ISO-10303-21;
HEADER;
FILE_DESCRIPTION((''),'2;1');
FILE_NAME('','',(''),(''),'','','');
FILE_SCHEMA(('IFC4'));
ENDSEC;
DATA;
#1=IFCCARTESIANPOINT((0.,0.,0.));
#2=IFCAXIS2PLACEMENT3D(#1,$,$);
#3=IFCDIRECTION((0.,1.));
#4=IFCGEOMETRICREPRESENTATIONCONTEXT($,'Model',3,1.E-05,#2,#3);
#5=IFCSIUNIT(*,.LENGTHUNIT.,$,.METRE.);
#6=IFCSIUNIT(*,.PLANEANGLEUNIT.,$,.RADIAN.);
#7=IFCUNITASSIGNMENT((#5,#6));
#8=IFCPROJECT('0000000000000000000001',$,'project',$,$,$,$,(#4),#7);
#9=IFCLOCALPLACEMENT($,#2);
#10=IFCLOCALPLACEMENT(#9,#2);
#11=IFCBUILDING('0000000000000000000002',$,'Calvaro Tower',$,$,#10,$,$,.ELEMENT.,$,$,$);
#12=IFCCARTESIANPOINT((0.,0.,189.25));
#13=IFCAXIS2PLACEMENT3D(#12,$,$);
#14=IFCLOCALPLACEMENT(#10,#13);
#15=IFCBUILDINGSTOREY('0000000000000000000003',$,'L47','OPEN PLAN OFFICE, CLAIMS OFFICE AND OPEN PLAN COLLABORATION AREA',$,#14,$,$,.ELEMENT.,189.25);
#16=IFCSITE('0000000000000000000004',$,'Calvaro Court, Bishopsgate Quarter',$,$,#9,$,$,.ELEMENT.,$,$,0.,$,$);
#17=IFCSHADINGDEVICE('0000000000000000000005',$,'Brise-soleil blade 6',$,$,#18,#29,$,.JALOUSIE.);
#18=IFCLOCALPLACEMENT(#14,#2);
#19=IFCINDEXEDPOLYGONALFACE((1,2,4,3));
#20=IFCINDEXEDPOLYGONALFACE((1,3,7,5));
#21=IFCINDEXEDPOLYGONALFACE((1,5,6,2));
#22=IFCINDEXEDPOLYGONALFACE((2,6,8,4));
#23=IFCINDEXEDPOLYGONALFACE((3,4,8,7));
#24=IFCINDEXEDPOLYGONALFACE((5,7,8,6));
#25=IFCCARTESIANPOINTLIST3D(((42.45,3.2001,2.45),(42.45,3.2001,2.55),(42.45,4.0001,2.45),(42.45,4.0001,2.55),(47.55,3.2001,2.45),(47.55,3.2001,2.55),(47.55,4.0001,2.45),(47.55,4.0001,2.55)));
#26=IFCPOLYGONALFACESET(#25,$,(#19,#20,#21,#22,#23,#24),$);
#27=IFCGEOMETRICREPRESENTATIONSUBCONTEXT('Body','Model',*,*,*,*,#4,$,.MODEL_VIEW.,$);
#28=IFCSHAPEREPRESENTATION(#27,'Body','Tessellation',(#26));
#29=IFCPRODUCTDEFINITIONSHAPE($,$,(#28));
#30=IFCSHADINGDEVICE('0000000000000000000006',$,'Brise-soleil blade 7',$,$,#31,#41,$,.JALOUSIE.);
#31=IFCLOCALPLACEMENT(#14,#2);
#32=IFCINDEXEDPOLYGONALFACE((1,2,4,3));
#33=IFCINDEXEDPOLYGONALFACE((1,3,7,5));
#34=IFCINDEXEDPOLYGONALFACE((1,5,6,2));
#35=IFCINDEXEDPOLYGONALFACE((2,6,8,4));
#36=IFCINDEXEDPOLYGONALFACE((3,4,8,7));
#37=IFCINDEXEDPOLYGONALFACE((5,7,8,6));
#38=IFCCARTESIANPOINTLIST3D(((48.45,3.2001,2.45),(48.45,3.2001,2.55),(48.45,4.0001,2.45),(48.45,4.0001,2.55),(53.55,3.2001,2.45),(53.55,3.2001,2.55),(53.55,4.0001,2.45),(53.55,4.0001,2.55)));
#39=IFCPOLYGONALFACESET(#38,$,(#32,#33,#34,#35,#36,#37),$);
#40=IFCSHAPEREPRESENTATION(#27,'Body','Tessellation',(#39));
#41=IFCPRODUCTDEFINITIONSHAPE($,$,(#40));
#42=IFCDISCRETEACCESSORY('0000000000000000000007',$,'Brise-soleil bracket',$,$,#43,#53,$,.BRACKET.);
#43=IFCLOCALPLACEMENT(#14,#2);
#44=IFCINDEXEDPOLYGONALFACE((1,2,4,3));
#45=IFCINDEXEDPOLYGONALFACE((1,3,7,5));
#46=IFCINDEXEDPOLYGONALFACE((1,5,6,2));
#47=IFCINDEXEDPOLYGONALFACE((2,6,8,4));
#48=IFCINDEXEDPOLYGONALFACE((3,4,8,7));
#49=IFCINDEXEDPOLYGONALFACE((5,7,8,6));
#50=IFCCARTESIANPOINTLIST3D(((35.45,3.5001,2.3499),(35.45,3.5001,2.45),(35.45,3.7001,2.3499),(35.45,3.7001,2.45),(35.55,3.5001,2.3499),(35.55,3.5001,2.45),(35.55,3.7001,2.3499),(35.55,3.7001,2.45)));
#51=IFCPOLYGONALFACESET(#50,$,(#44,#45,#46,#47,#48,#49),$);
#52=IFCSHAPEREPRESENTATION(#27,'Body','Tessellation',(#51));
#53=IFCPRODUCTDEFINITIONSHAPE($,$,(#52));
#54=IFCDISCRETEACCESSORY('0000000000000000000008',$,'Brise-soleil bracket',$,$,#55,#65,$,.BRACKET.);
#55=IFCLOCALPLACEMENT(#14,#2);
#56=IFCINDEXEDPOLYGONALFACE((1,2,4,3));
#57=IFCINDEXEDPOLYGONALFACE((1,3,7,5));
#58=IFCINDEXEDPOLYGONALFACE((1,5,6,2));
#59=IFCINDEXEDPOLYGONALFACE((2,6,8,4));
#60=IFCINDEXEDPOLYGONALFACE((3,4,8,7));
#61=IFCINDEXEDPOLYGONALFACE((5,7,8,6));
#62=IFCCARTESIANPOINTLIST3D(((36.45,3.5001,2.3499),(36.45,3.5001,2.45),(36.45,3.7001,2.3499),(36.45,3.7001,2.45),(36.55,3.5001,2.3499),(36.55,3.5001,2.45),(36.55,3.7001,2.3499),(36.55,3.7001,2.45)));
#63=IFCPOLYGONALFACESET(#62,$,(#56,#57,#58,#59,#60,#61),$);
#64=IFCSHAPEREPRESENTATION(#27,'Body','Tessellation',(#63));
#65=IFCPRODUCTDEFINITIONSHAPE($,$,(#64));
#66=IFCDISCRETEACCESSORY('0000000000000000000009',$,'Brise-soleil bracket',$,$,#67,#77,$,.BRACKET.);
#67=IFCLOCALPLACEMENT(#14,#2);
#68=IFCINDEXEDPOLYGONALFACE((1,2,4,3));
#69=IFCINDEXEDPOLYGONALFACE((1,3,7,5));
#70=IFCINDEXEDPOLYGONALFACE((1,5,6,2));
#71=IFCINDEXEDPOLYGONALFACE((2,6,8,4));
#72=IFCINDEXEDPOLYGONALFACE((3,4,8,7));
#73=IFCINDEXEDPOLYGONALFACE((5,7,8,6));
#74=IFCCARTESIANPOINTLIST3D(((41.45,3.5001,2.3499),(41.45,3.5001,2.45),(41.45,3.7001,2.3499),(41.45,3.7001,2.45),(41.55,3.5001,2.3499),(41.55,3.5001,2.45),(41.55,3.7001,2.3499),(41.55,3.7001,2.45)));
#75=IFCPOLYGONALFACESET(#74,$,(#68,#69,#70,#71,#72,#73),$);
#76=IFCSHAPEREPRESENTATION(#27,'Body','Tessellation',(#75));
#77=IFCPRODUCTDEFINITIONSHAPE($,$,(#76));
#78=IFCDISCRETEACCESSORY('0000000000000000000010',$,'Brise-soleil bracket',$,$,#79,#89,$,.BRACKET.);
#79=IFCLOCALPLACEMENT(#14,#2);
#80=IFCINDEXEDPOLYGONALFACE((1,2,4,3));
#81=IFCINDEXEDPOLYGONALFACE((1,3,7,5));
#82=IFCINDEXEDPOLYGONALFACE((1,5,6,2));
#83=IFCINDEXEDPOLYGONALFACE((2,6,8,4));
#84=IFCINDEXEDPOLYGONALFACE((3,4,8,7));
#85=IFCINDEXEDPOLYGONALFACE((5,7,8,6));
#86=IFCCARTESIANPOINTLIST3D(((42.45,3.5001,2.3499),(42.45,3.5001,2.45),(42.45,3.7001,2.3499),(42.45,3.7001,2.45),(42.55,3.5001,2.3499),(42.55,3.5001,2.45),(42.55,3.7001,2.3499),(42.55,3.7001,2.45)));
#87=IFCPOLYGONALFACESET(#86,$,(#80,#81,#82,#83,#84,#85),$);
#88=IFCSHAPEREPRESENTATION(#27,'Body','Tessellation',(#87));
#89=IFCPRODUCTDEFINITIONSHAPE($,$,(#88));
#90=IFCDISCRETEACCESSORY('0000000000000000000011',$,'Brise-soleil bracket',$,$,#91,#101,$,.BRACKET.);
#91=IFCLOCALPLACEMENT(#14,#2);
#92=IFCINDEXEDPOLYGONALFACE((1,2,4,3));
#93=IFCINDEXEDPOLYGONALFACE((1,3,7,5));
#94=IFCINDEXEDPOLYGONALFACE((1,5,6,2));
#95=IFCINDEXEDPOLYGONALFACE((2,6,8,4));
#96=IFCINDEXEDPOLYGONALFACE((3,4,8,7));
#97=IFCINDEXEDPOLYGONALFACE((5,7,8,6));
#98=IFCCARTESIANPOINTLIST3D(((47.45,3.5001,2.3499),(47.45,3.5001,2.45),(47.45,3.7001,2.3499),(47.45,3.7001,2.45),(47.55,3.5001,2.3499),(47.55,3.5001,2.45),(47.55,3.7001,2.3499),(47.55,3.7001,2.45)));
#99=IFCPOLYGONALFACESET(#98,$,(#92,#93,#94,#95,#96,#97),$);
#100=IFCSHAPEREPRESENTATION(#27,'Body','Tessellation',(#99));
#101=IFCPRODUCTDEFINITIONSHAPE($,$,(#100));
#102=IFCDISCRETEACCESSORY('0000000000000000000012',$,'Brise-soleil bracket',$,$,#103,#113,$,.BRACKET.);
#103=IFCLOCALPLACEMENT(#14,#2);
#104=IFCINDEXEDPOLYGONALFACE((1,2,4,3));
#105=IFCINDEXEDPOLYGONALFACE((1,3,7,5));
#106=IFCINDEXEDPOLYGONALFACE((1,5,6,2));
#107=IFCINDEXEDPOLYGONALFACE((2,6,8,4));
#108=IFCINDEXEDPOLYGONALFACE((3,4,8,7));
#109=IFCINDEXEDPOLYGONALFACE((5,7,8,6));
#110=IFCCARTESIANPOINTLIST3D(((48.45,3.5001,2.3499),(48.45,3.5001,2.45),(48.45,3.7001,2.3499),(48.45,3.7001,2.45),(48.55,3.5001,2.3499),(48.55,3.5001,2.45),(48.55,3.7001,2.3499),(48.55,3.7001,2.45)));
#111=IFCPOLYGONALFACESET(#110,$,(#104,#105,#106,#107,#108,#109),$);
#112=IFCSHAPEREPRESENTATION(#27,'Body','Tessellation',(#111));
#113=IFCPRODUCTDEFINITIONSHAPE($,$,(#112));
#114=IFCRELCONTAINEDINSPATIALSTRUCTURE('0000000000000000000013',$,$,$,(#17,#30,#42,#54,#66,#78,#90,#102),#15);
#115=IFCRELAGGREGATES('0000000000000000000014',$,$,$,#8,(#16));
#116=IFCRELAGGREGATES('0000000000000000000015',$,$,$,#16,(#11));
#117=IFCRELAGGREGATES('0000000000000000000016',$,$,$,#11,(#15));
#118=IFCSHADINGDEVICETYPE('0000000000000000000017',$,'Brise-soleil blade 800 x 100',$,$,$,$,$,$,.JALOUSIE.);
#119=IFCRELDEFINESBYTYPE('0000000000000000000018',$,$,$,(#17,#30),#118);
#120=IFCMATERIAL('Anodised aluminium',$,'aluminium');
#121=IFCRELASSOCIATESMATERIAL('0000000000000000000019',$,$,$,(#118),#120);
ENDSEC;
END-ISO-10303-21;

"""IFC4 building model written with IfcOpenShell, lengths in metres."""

from ifc_helpers import new_model, si_unit, direction, frame, origin, origin_2d, place, context, subcontext, project, spatial, rectangle, extrude, material, material_profile, profile_set, type_object, element, save


model = new_model("IFC4")

# Units and contexts
model_context = context("Model", 3, precision=1e-05, world=origin(), true_north=direction((0.0, 1.0)))
body_context = subcontext(model_context, "Body", "Model", "MODEL_VIEW")
ifc_project = project(units=[si_unit("LENGTHUNIT", "METRE"), si_unit("PLANEANGLEUNIT", "RADIAN")], contexts=[model_context])

# Site, building, storey
site_placement = place(None, origin())
site = spatial("IfcSite", under=ifc_project, at=site_placement, Name="Calvaro Court, Bishopsgate Quarter", CompositionType="ELEMENT", RefElevation=0.0)
building_placement = place(site_placement, origin())
building = spatial("IfcBuilding", under=site, at=building_placement, Name="Calvaro Tower", CompositionType="ELEMENT")
storey_placement = place(building_placement, frame((0.0, 0.0, 189.25)))
storey = spatial("IfcBuildingStorey", under=building, at=storey_placement, Name="L47", Description="OPEN PLAN OFFICE, CLAIMS OFFICE AND OPEN PLAN COLLABORATION AREA", CompositionType="ELEMENT", Elevation=189.25)

# Shading devices
ifc_material_1 = material(Name="Anodised aluminium", Category="aluminium")
ifc_material_profile_1 = material_profile(ifc_material_1, rectangle(XDim=0.8, YDim=0.1001, at=origin_2d()), Name="Brise-soleil blade 800 x 100")
ifc_profile_set_1 = profile_set([ifc_material_profile_1], Name="Anodised aluminium")
shading_device_type = type_object("IfcShadingDeviceType", Name="Brise-soleil blade 800 x 100", PredefinedType="JALOUSIE", material=ifc_profile_set_1)
for number, where, z_axis, x_axis, name in (
    (1, (42.45, 3.6001, 2.5), (1.0, 0.0, 0.0), (0.0, 1.0, 0.0), "Brise-soleil blade 6"),
    (2, (48.45, 3.6001, 2.5), (1.0, 0.0, 0.0), (0.0, 1.0, 0.0), "Brise-soleil blade 7"),
):
    element("IfcShadingDevice", number, at=place(storey_placement, frame(where, z_axis=z_axis, x_axis=x_axis)), inside=storey, type_object=shading_device_type, Name=name, PredefinedType="JALOUSIE", context=body_context, shape_type="SweptSolid", body=[
        extrude(rectangle(XDim=0.8, YDim=0.1001, at=origin_2d()), origin(), (0.0, 0.0, 1.0), 5.1001),
    ])

# Discrete accessories
for number, where, z_axis, x_axis, name in (
    (3, (35.5, 3.6001, 2.3499), (0.0, 0.0, 1.0), (1.0, 0.0, 0.0), "Brise-soleil bracket"),
    (4, (36.5, 3.6001, 2.3499), (0.0, 0.0, 1.0), (1.0, 0.0, 0.0), "Brise-soleil bracket"),
    (5, (41.5, 3.6001, 2.3499), (0.0, 0.0, 1.0), (1.0, 0.0, 0.0), "Brise-soleil bracket"),
    (6, (42.5, 3.6001, 2.3499), (0.0, 0.0, 1.0), (1.0, 0.0, 0.0), "Brise-soleil bracket"),
    (7, (47.5, 3.6001, 2.3499), (0.0, 0.0, 1.0), (1.0, 0.0, 0.0), "Brise-soleil bracket"),
    (8, (48.5, 3.6001, 2.3499), (0.0, 0.0, 1.0), (1.0, 0.0, 0.0), "Brise-soleil bracket"),
):
    element("IfcDiscreteAccessory", number, at=place(storey_placement, frame(where, z_axis=z_axis, x_axis=x_axis)), inside=storey, Name=name, PredefinedType="BRACKET", context=body_context, shape_type="SweptSolid", body=[
        extrude(rectangle(XDim=0.1001, YDim=0.2, at=origin_2d()), origin(), (0.0, 0.0, 1.0), 0.1001),
    ])

save(model, "model.ifc")
